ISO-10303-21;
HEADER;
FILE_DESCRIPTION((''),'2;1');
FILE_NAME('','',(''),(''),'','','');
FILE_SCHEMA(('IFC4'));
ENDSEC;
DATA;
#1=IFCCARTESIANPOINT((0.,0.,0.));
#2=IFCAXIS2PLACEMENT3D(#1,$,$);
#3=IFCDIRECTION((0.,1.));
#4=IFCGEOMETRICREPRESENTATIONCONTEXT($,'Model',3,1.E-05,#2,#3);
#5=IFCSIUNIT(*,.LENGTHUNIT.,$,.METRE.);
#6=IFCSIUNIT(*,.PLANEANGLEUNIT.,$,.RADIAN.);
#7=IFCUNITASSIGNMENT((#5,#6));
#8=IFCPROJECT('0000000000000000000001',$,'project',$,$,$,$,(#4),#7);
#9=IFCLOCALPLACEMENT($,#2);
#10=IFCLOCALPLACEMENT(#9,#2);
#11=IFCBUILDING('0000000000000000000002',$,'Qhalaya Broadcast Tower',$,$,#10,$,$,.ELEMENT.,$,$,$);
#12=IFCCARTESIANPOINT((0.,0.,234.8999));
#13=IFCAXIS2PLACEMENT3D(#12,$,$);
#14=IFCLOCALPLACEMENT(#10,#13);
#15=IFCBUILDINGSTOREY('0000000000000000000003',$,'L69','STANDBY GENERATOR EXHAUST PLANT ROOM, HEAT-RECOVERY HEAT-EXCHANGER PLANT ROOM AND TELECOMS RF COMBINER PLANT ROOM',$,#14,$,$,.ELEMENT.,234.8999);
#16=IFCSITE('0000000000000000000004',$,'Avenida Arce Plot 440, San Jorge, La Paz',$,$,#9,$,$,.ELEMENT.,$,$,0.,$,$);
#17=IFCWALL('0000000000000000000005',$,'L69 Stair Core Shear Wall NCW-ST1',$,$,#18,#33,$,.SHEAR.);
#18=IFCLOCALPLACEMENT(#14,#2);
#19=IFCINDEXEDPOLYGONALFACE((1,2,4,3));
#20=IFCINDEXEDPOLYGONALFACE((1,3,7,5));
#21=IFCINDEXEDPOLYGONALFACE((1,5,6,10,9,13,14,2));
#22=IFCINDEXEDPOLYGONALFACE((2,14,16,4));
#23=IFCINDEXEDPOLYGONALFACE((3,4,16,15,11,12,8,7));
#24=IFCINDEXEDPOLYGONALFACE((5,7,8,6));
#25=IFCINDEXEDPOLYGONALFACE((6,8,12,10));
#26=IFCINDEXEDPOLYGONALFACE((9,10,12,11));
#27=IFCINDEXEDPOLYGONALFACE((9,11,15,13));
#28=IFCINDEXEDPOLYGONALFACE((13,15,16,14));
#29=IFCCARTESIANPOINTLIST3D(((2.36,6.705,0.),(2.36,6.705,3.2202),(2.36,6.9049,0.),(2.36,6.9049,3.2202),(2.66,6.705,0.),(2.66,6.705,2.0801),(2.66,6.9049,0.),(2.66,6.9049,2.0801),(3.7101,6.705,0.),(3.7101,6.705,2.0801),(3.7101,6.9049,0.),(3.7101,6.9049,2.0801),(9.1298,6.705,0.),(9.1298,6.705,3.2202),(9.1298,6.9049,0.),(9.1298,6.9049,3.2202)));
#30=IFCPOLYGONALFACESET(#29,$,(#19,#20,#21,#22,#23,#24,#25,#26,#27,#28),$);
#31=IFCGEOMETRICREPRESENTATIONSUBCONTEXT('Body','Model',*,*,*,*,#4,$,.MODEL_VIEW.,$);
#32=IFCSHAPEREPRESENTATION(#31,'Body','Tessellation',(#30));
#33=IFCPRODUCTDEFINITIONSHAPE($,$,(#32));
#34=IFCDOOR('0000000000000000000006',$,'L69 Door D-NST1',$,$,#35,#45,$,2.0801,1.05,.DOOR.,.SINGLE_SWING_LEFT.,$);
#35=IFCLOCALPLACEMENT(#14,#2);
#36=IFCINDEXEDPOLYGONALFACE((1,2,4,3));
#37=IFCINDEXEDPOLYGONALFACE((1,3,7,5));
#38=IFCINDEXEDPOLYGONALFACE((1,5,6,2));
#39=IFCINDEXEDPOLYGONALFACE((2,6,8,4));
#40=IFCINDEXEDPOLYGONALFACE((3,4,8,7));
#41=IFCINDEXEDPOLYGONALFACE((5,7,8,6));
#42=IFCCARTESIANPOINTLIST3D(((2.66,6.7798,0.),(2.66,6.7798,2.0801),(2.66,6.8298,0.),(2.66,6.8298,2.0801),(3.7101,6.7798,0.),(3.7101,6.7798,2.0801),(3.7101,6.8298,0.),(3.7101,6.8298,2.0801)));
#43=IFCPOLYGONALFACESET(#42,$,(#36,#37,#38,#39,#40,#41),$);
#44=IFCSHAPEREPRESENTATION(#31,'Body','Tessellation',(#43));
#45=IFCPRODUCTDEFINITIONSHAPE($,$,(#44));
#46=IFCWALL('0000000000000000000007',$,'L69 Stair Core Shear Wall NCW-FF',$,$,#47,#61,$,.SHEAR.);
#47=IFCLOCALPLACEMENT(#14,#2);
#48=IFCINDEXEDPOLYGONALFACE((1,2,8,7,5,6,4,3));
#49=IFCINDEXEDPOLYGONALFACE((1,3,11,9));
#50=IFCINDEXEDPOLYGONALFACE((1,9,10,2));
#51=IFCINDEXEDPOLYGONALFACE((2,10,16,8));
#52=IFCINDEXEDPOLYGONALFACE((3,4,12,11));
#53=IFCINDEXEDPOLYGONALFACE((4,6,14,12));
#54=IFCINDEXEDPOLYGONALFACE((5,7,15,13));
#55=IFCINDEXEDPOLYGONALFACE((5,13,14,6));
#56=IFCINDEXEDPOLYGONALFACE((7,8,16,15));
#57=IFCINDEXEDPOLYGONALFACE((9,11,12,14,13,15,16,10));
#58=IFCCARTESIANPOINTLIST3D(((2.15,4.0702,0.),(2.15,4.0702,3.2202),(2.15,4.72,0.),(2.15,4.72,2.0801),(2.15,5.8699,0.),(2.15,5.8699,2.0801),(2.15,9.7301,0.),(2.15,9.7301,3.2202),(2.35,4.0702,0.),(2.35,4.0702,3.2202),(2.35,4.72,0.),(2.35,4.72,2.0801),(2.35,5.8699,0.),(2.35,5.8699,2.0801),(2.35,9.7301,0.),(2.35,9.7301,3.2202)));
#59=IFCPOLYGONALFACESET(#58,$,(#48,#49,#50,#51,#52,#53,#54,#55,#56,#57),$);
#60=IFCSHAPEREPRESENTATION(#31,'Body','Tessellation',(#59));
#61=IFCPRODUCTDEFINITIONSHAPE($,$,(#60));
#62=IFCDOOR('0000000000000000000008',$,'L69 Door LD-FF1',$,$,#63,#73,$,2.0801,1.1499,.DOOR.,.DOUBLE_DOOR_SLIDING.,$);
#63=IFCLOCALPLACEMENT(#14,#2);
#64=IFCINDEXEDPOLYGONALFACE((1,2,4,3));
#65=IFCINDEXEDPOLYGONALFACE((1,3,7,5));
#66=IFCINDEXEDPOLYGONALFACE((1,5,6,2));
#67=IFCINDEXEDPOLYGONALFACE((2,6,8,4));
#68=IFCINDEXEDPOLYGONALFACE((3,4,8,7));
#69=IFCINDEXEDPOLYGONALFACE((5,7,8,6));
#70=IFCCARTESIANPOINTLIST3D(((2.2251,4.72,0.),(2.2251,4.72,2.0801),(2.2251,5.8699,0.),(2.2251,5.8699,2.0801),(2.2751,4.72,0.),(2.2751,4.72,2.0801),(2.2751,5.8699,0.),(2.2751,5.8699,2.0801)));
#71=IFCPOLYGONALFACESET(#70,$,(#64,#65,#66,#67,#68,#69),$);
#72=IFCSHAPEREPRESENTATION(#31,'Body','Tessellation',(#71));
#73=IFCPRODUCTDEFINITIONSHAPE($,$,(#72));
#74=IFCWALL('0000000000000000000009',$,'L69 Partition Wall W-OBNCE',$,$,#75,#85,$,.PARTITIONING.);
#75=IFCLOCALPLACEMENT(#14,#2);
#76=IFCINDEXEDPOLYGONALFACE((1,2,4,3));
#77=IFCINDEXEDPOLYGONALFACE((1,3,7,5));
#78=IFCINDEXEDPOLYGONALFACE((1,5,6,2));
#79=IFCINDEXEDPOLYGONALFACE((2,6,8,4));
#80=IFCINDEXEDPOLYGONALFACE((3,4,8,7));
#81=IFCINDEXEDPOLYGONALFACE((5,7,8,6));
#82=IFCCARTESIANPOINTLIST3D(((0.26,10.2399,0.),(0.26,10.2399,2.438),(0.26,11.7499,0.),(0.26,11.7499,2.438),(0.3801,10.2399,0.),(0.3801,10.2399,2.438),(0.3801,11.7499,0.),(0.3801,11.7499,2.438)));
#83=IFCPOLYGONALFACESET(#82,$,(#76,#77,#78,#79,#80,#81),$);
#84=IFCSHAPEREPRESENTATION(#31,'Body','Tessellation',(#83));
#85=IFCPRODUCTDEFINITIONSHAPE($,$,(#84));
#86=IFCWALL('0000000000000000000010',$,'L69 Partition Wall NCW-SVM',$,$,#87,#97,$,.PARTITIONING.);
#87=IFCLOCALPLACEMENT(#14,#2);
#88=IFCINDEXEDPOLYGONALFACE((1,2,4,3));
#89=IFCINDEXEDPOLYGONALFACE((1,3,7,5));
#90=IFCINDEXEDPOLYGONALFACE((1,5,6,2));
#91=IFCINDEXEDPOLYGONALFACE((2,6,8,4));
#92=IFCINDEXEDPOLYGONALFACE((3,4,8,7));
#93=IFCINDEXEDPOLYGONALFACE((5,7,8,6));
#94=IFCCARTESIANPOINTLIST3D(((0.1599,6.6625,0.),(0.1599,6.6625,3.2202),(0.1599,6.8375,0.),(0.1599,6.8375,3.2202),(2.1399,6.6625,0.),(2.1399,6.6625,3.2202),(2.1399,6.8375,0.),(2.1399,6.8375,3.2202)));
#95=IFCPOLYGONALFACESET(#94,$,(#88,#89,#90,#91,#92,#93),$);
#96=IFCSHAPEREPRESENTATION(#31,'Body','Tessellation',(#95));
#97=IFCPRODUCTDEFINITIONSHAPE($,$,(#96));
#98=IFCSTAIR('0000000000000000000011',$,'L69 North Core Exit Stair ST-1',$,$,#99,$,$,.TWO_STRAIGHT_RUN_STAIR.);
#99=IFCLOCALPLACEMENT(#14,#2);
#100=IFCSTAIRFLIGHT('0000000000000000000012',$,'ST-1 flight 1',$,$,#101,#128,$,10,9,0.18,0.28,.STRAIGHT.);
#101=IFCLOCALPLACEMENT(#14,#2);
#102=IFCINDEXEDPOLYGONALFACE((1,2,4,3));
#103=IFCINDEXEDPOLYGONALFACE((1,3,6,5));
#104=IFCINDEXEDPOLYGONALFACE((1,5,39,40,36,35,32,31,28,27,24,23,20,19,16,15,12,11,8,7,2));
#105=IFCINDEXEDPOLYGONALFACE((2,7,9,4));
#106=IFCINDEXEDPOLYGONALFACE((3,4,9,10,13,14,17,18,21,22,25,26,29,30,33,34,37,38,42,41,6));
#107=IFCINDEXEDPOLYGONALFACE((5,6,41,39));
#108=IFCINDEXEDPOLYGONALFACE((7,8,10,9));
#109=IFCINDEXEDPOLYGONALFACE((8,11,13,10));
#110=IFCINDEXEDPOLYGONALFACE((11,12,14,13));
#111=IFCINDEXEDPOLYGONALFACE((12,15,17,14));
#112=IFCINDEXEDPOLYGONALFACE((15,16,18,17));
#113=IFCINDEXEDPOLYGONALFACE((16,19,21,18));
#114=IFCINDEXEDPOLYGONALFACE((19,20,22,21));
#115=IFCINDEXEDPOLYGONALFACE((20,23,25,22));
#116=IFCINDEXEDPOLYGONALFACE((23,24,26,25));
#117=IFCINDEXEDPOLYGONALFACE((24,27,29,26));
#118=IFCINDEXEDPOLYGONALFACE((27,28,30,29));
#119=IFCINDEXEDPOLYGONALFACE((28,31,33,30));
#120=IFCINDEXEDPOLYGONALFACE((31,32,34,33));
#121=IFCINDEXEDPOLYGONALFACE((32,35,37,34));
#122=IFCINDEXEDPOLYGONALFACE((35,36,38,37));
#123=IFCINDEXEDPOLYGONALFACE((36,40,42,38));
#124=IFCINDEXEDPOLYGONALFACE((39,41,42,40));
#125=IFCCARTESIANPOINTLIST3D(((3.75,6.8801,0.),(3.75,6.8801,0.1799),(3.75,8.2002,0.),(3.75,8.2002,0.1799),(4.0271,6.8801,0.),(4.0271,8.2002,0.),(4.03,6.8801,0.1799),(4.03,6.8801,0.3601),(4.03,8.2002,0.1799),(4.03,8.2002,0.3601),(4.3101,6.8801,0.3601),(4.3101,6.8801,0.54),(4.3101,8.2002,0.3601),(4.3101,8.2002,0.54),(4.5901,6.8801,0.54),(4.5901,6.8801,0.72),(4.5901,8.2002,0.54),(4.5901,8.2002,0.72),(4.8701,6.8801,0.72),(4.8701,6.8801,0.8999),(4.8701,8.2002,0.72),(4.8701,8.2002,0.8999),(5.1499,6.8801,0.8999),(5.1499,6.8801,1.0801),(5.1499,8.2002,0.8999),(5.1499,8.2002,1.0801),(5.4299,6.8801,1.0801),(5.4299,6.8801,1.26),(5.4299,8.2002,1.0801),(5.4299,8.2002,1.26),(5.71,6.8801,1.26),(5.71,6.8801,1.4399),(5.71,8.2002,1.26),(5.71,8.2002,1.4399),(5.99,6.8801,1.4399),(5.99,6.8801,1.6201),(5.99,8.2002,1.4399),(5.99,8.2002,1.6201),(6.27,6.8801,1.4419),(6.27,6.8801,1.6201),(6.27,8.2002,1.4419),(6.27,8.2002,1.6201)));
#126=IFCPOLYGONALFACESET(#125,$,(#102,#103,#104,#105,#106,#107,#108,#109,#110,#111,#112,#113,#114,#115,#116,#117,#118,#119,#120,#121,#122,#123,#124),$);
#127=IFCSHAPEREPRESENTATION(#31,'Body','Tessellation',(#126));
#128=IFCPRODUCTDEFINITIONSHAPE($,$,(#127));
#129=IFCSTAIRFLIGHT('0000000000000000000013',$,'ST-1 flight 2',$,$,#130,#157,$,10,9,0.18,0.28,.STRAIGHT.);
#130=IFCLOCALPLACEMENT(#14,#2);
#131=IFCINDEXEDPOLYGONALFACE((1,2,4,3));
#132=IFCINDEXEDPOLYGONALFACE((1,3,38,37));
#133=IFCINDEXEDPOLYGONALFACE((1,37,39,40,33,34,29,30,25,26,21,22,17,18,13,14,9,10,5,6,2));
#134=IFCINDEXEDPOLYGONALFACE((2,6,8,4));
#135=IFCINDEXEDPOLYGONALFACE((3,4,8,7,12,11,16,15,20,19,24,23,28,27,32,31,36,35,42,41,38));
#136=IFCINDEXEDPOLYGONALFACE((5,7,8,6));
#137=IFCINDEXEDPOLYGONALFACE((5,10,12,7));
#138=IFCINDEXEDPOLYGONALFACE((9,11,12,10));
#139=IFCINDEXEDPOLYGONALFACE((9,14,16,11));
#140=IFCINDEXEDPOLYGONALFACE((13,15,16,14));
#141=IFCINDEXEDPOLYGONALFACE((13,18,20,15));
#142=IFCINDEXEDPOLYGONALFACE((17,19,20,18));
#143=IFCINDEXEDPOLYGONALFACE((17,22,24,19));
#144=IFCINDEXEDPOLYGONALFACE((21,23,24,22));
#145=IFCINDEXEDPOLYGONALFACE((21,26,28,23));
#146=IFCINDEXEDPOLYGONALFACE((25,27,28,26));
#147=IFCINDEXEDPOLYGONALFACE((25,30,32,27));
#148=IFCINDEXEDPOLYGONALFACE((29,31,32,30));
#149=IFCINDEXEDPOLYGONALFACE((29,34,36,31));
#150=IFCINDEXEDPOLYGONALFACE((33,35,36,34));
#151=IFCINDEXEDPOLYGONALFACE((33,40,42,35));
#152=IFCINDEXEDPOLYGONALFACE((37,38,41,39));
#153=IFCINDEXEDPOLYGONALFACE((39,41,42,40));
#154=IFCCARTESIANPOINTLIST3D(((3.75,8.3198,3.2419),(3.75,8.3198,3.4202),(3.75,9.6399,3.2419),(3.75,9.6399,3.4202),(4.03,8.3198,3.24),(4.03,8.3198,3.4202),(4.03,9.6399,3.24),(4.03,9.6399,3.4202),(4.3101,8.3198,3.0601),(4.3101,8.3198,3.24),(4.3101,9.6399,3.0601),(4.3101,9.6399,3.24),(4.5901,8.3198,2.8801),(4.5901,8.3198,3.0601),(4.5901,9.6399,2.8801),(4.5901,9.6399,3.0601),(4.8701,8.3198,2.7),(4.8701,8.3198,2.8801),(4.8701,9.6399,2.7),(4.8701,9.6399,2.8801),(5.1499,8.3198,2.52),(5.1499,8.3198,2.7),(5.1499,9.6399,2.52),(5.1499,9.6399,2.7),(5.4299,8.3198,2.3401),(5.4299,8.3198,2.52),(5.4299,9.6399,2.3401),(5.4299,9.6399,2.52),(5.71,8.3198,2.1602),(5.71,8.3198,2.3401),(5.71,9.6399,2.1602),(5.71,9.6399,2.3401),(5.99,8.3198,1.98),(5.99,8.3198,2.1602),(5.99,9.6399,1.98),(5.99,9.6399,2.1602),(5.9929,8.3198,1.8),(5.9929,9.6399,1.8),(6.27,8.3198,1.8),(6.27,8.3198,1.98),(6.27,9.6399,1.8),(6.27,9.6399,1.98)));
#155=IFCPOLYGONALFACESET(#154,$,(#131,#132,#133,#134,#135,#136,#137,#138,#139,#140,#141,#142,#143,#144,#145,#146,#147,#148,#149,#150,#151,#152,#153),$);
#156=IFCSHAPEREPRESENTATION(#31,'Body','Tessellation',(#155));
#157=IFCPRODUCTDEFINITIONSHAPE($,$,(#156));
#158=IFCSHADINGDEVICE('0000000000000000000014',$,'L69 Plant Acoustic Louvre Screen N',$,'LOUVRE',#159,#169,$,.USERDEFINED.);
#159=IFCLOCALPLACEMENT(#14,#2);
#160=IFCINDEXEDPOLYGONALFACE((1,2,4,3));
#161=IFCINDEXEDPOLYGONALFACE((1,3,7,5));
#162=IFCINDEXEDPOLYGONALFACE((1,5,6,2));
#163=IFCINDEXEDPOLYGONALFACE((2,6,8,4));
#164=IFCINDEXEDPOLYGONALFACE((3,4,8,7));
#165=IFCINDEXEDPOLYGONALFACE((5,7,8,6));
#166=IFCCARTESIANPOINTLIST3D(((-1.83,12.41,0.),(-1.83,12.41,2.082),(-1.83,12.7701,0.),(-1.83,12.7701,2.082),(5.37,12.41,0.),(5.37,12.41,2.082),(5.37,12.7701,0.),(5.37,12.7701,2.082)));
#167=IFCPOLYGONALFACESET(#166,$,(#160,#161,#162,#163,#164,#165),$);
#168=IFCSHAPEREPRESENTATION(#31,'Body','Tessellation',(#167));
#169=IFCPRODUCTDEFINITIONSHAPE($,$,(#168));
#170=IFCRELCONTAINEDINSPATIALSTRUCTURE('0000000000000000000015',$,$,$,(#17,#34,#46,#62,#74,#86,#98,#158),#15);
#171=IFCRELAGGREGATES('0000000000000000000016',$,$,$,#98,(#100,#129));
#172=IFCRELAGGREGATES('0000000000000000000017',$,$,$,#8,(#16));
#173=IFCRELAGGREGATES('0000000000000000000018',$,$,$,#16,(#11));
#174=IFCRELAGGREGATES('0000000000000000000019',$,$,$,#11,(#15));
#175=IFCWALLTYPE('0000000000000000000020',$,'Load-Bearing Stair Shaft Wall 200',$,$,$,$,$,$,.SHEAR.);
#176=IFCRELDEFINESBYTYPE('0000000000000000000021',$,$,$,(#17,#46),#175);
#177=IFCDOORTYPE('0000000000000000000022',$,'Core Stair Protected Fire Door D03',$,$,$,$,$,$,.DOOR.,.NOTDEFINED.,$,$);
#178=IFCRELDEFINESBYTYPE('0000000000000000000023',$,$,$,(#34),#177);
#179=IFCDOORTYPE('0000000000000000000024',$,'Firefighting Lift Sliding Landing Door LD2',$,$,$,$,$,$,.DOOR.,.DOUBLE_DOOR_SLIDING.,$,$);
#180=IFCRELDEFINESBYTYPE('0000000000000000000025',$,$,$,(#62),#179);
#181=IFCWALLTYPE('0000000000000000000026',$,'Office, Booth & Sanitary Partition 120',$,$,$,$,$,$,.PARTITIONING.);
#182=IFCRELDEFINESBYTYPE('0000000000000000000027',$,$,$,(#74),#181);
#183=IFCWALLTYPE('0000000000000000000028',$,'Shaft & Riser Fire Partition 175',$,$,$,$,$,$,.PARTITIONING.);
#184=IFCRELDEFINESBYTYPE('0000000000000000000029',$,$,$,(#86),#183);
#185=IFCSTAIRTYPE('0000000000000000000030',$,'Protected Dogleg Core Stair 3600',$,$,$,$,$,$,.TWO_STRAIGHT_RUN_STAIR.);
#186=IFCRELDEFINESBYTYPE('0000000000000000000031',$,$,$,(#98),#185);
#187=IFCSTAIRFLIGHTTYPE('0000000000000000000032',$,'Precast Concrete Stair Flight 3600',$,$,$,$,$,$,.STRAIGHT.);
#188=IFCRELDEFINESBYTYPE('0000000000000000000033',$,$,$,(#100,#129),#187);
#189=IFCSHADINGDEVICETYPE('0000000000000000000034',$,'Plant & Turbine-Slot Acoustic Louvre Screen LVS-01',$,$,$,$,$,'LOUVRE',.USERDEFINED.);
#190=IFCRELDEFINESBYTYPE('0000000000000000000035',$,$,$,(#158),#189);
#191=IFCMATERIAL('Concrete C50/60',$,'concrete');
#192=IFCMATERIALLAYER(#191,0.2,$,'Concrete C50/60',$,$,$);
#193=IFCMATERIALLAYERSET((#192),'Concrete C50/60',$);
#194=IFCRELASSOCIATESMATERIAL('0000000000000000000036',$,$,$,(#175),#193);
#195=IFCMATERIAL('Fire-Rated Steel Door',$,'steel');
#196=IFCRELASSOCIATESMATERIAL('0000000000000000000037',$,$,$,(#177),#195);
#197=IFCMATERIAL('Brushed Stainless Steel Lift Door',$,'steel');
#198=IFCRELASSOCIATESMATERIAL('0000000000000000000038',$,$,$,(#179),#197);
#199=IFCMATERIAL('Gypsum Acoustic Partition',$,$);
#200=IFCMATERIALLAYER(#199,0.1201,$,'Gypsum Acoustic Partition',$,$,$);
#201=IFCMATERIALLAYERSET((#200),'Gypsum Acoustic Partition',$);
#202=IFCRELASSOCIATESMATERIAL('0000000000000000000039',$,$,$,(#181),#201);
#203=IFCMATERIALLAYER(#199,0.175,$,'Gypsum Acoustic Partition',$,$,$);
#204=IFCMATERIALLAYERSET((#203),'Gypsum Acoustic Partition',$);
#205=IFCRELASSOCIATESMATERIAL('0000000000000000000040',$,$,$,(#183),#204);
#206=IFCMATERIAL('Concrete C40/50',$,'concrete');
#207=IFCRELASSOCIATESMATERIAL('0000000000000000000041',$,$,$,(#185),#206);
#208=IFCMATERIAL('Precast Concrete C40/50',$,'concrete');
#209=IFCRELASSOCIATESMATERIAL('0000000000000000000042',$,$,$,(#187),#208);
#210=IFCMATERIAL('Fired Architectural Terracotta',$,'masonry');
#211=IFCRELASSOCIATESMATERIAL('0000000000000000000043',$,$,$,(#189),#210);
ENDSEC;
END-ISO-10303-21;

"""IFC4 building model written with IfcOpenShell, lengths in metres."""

from ifc_helpers import new_model, si_unit, direction, frame, frame_2d, origin, origin_2d, place, context, subcontext, project, spatial, polyline, rectangle, outline, extrude, material, layer, layer_set, type_object, element, fill, aggregate, save


model = new_model("IFC4")

# Units and contexts
model_context = context("Model", 3, precision=1e-05, world=origin(), true_north=direction((0.0, 1.0)))
body_context = subcontext(model_context, "Body", "Model", "MODEL_VIEW")
ifc_project = project(units=[si_unit("LENGTHUNIT", "METRE"), si_unit("PLANEANGLEUNIT", "RADIAN")], contexts=[model_context])

# Site, building, storey
site_placement = place(None, origin())
site = spatial("IfcSite", under=ifc_project, at=site_placement, Name="Avenida Arce Plot 440, San Jorge, La Paz", CompositionType="ELEMENT", RefElevation=0.0)
building_placement = place(site_placement, origin())
building = spatial("IfcBuilding", under=site, at=building_placement, Name="Qhalaya Broadcast Tower", CompositionType="ELEMENT")
storey_placement = place(building_placement, frame((0.0, 0.0, 234.8999)))
storey = spatial("IfcBuildingStorey", under=building, at=storey_placement, Name="L69", Description="STANDBY GENERATOR EXHAUST PLANT ROOM, HEAT-RECOVERY HEAT-EXCHANGER PLANT ROOM AND TELECOMS RF COMBINER PLANT ROOM", CompositionType="ELEMENT", Elevation=234.8999)

# Shared definitions
ifc_material_1 = material(Name="Concrete C50/60", Category="concrete")

# Shared definitions
ifc_material_2 = material(Name="Gypsum Acoustic Partition")

# Walls, openings, doors
ifc_material_3 = material(Name="Fire-Rated Steel Door", Category="steel")
ifc_layer_1 = layer(ifc_material_1, 0.2, Name="Concrete C50/60")
ifc_layer_set_1 = layer_set([ifc_layer_1], Name="Concrete C50/60")
wall_type_1 = type_object("IfcWallType", Name="Load-Bearing Stair Shaft Wall 200", PredefinedType="SHEAR", material=ifc_layer_set_1)
wall_1_placement = place(storey_placement, frame((2.3601, 6.8049, 0.0), z_axis=(0.0, 0.0, 1.0), x_axis=(1.0, 0.0, 0.0)))
wall_1 = element("IfcWall", 1, at=wall_1_placement, inside=storey, type_object=wall_type_1, Name="L69 Stair Core Shear Wall NCW-ST1", PredefinedType="SHEAR", context=body_context, shape_type="SweptSolid", body=[
    extrude(rectangle(XDim=6.7698, YDim=0.2, at=frame_2d((3.3848, 0.0))), origin(), (0.0, 0.0, 1.0), 3.2202),
])
opening_1_placement = place(wall_1_placement, frame((0.3, 0.0, 0.0)))
opening_1 = element("IfcOpeningElement", 2, at=opening_1_placement, cuts=wall_1, PredefinedType="OPENING", context=body_context, shape_type="SweptSolid", body=[
    extrude(rectangle(XDim=1.05, YDim=2.0801, at=frame_2d((0.5249, 1.04))), frame((0.0, 0.1121, 0.0), z_axis=(0.0, -1.0, 0.0), x_axis=(1.0, 0.0, 0.0)), (0.0, 0.0, 1.0), 0.2239),
])
door_type_1 = type_object("IfcDoorType", Name="Core Stair Protected Fire Door D03", OperationType="NOTDEFINED", PredefinedType="DOOR", material=ifc_material_3)
door_1_placement = place(opening_1_placement, origin())
door_1 = element("IfcDoor", 3, at=door_1_placement, inside=storey, type_object=door_type_1, Name="L69 Door D-NST1", OperationType="SINGLE_SWING_LEFT", OverallHeight=2.0801, OverallWidth=1.05, PredefinedType="DOOR", context=body_context, shape_type="SweptSolid", body=[
    extrude(rectangle(XDim=1.05, YDim=2.0801, at=frame_2d((0.5249, 1.04))), frame((0.0, 0.0249, 0.0), z_axis=(0.0, -1.0, 0.0), x_axis=(1.0, 0.0, 0.0)), (0.0, 0.0, 1.0), 0.05),
])
fill(opening_1, door_1)
wall_2_placement = place(storey_placement, frame((2.25, 4.0701, 0.0), z_axis=(0.0, 0.0, 1.0), x_axis=(0.0, 1.0, 0.0)))
wall_2 = element("IfcWall", 4, at=wall_2_placement, inside=storey, type_object=wall_type_1, Name="L69 Stair Core Shear Wall NCW-FF", PredefinedType="SHEAR", context=body_context, shape_type="SweptSolid", body=[
    extrude(rectangle(XDim=5.6599, YDim=0.2, at=frame_2d((2.8301, 0.0))), origin(), (0.0, 0.0, 1.0), 3.2202),
])
opening_2_placement = place(wall_2_placement, frame((0.6499, 0.0, 0.0)))
opening_2 = element("IfcOpeningElement", 5, at=opening_2_placement, cuts=wall_2, PredefinedType="OPENING", context=body_context, shape_type="SweptSolid", body=[
    extrude(rectangle(XDim=1.1499, YDim=2.0801, at=frame_2d((0.575, 1.04))), frame((0.0, 0.1121, 0.0), z_axis=(0.0, -1.0, 0.0), x_axis=(1.0, 0.0, 0.0)), (0.0, 0.0, 1.0), 0.2239),
])
ifc_material_4 = material(Name="Brushed Stainless Steel Lift Door", Category="steel")
door_type_2 = type_object("IfcDoorType", Name="Firefighting Lift Sliding Landing Door LD2", OperationType="DOUBLE_DOOR_SLIDING", PredefinedType="DOOR", material=ifc_material_4)
door_2_placement = place(opening_2_placement, origin())
door_2 = element("IfcDoor", 6, at=door_2_placement, inside=storey, type_object=door_type_2, Name="L69 Door LD-FF1", OperationType="DOUBLE_DOOR_SLIDING", OverallHeight=2.0801, OverallWidth=1.1499, PredefinedType="DOOR", context=body_context, shape_type="SweptSolid", body=[
    extrude(rectangle(XDim=1.1499, YDim=2.0801, at=frame_2d((0.575, 1.04))), frame((0.0, 0.0249, 0.0), z_axis=(0.0, -1.0, 0.0), x_axis=(1.0, 0.0, 0.0)), (0.0, 0.0, 1.0), 0.05),
])
fill(opening_2, door_2)

# Wall
ifc_layer_2 = layer(ifc_material_2, 0.1201, Name="Gypsum Acoustic Partition")
ifc_layer_set_2 = layer_set([ifc_layer_2], Name="Gypsum Acoustic Partition")
wall_type_2 = type_object("IfcWallType", Name="Office, Booth & Sanitary Partition 120", PredefinedType="PARTITIONING", material=ifc_layer_set_2)
wall_3_placement = place(storey_placement, frame((0.3201, 10.24, 0.0), z_axis=(0.0, 0.0, 1.0), x_axis=(0.0, 1.0, 0.0)))
element("IfcWall", 7, at=wall_3_placement, inside=storey, type_object=wall_type_2, Name="L69 Partition Wall W-OBNCE", PredefinedType="PARTITIONING", context=body_context, shape_type="SweptSolid", body=[
    extrude(rectangle(XDim=1.51, YDim=0.1201, at=frame_2d((0.7549, 0.0))), origin(), (0.0, 0.0, 1.0), 2.438),
])

# Shared definitions
ifc_layer_3 = layer(ifc_material_2, 0.175, Name="Gypsum Acoustic Partition")
ifc_layer_set_3 = layer_set([ifc_layer_3], Name="Gypsum Acoustic Partition")
wall_type_3 = type_object("IfcWallType", Name="Shaft & Riser Fire Partition 175", PredefinedType="PARTITIONING", material=ifc_layer_set_3)

# Wall
wall_4_placement = place(storey_placement, frame((0.1599, 6.75, 0.0), z_axis=(0.0, 0.0, 1.0), x_axis=(1.0, 0.0, 0.0)))
element("IfcWall", 8, at=wall_4_placement, inside=storey, type_object=wall_type_3, Name="L69 Partition Wall NCW-SVM", PredefinedType="PARTITIONING", context=body_context, shape_type="SweptSolid", body=[
    extrude(rectangle(XDim=1.98, YDim=0.175, at=frame_2d((0.99, 0.0))), origin(), (0.0, 0.0, 1.0), 3.2202),
])

# Stair, stair flights
ifc_material_5 = material(Name="Concrete C40/50", Category="concrete")
stair_type = type_object("IfcStairType", Name="Protected Dogleg Core Stair 3600", PredefinedType="TWO_STRAIGHT_RUN_STAIR", material=ifc_material_5)
stair_placement = place(storey_placement, origin())
stair = element("IfcStair", 9, at=stair_placement, inside=storey, type_object=stair_type, Name="L69 North Core Exit Stair ST-1", PredefinedType="TWO_STRAIGHT_RUN_STAIR")
ifc_material_6 = material(Name="Precast Concrete C40/50", Category="concrete")
stair_flight_type = type_object("IfcStairFlightType", Name="Precast Concrete Stair Flight 3600", PredefinedType="STRAIGHT", material=ifc_material_6)
stair_flight_1_placement = place(storey_placement, frame((3.75, 7.54, 0.0), z_axis=(0.0, 0.0, 1.0), x_axis=(1.0, 0.0, 0.0)))
stair_flight_1 = element("IfcStairFlight", 10, at=stair_flight_1_placement, type_object=stair_flight_type, Name="ST-1 flight 1", NumberOfRisers=10, NumberOfTreads=9, PredefinedType="STRAIGHT", RiserHeight=0.18, TreadLength=0.28, context=body_context, shape_type="SweptSolid", body=[
    extrude(outline(polyline([(0.0, 0.0), (0.0, 0.1799), (0.28, 0.1799), (0.28, 0.3601), (0.5601, 0.3601), (0.5601, 0.54), (0.8401, 0.54), (0.8401, 0.72), (1.1201, 0.72), (1.1201, 0.8999), (1.3999, 0.8999), (1.3999, 1.0801), (1.6799, 1.0801), (1.6799, 1.26), (1.96, 1.26), (1.96, 1.4399), (2.24, 1.4399), (2.24, 1.6201), (2.52, 1.6201), (2.52, 1.8), (2.52, 1.4419), (0.2771, 0.0), (0.0, 0.0)])), frame((0.0, 0.6602, 0.0), z_axis=(0.0, -1.0, 0.0), x_axis=(1.0, 0.0, 0.0)), (0.0, 0.0, 1.0), 1.3201),
])
stair_flight_2_placement = place(storey_placement, frame((6.27, 8.98, 1.8), z_axis=(0.0, 0.0, 1.0), x_axis=(-1.0, 0.0, 0.0)))
stair_flight_2 = element("IfcStairFlight", 11, at=stair_flight_2_placement, type_object=stair_flight_type, Name="ST-1 flight 2", NumberOfRisers=10, NumberOfTreads=9, PredefinedType="STRAIGHT", RiserHeight=0.18, TreadLength=0.28, context=body_context, shape_type="SweptSolid", body=[
    extrude(outline(polyline([(0.0, 0.0), (0.0, 0.1799), (0.28, 0.1799), (0.28, 0.3601), (0.5601, 0.3601), (0.5601, 0.54), (0.8401, 0.54), (0.8401, 0.72), (1.1201, 0.72), (1.1201, 0.8999), (1.3999, 0.8999), (1.3999, 1.0801), (1.6799, 1.0801), (1.6799, 1.26), (1.96, 1.26), (1.96, 1.4399), (2.24, 1.4399), (2.24, 1.6201), (2.52, 1.6201), (2.52, 1.8), (2.52, 1.4419), (0.2771, 0.0), (0.0, 0.0)])), frame((0.0, 0.6602, 0.0), z_axis=(0.0, -1.0, 0.0), x_axis=(1.0, 0.0, 0.0)), (0.0, 0.0, 1.0), 1.3201),
])
aggregate(stair, [stair_flight_1, stair_flight_2])

# Shading device
ifc_material_7 = material(Name="Fired Architectural Terracotta", Category="masonry")
shading_device_type = type_object("IfcShadingDeviceType", Name="Plant & Turbine-Slot Acoustic Louvre Screen LVS-01", ElementType="LOUVRE", PredefinedType="USERDEFINED", material=ifc_material_7)
shading_device_placement = place(storey_placement, frame((1.77, 12.5901, 0.0), z_axis=(0.0, 0.0, 1.0), x_axis=(1.0, 0.0, 0.0)))
element("IfcShadingDevice", 12, at=shading_device_placement, inside=storey, type_object=shading_device_type, Name="L69 Plant Acoustic Louvre Screen N", ObjectType="LOUVRE", PredefinedType="USERDEFINED", context=body_context, shape_type="SweptSolid", body=[
    extrude(rectangle(XDim=7.2, YDim=0.3601, at=origin_2d()), origin(), (0.0, 0.0, 1.0), 2.082),
])

save(model, "model.ifc")
